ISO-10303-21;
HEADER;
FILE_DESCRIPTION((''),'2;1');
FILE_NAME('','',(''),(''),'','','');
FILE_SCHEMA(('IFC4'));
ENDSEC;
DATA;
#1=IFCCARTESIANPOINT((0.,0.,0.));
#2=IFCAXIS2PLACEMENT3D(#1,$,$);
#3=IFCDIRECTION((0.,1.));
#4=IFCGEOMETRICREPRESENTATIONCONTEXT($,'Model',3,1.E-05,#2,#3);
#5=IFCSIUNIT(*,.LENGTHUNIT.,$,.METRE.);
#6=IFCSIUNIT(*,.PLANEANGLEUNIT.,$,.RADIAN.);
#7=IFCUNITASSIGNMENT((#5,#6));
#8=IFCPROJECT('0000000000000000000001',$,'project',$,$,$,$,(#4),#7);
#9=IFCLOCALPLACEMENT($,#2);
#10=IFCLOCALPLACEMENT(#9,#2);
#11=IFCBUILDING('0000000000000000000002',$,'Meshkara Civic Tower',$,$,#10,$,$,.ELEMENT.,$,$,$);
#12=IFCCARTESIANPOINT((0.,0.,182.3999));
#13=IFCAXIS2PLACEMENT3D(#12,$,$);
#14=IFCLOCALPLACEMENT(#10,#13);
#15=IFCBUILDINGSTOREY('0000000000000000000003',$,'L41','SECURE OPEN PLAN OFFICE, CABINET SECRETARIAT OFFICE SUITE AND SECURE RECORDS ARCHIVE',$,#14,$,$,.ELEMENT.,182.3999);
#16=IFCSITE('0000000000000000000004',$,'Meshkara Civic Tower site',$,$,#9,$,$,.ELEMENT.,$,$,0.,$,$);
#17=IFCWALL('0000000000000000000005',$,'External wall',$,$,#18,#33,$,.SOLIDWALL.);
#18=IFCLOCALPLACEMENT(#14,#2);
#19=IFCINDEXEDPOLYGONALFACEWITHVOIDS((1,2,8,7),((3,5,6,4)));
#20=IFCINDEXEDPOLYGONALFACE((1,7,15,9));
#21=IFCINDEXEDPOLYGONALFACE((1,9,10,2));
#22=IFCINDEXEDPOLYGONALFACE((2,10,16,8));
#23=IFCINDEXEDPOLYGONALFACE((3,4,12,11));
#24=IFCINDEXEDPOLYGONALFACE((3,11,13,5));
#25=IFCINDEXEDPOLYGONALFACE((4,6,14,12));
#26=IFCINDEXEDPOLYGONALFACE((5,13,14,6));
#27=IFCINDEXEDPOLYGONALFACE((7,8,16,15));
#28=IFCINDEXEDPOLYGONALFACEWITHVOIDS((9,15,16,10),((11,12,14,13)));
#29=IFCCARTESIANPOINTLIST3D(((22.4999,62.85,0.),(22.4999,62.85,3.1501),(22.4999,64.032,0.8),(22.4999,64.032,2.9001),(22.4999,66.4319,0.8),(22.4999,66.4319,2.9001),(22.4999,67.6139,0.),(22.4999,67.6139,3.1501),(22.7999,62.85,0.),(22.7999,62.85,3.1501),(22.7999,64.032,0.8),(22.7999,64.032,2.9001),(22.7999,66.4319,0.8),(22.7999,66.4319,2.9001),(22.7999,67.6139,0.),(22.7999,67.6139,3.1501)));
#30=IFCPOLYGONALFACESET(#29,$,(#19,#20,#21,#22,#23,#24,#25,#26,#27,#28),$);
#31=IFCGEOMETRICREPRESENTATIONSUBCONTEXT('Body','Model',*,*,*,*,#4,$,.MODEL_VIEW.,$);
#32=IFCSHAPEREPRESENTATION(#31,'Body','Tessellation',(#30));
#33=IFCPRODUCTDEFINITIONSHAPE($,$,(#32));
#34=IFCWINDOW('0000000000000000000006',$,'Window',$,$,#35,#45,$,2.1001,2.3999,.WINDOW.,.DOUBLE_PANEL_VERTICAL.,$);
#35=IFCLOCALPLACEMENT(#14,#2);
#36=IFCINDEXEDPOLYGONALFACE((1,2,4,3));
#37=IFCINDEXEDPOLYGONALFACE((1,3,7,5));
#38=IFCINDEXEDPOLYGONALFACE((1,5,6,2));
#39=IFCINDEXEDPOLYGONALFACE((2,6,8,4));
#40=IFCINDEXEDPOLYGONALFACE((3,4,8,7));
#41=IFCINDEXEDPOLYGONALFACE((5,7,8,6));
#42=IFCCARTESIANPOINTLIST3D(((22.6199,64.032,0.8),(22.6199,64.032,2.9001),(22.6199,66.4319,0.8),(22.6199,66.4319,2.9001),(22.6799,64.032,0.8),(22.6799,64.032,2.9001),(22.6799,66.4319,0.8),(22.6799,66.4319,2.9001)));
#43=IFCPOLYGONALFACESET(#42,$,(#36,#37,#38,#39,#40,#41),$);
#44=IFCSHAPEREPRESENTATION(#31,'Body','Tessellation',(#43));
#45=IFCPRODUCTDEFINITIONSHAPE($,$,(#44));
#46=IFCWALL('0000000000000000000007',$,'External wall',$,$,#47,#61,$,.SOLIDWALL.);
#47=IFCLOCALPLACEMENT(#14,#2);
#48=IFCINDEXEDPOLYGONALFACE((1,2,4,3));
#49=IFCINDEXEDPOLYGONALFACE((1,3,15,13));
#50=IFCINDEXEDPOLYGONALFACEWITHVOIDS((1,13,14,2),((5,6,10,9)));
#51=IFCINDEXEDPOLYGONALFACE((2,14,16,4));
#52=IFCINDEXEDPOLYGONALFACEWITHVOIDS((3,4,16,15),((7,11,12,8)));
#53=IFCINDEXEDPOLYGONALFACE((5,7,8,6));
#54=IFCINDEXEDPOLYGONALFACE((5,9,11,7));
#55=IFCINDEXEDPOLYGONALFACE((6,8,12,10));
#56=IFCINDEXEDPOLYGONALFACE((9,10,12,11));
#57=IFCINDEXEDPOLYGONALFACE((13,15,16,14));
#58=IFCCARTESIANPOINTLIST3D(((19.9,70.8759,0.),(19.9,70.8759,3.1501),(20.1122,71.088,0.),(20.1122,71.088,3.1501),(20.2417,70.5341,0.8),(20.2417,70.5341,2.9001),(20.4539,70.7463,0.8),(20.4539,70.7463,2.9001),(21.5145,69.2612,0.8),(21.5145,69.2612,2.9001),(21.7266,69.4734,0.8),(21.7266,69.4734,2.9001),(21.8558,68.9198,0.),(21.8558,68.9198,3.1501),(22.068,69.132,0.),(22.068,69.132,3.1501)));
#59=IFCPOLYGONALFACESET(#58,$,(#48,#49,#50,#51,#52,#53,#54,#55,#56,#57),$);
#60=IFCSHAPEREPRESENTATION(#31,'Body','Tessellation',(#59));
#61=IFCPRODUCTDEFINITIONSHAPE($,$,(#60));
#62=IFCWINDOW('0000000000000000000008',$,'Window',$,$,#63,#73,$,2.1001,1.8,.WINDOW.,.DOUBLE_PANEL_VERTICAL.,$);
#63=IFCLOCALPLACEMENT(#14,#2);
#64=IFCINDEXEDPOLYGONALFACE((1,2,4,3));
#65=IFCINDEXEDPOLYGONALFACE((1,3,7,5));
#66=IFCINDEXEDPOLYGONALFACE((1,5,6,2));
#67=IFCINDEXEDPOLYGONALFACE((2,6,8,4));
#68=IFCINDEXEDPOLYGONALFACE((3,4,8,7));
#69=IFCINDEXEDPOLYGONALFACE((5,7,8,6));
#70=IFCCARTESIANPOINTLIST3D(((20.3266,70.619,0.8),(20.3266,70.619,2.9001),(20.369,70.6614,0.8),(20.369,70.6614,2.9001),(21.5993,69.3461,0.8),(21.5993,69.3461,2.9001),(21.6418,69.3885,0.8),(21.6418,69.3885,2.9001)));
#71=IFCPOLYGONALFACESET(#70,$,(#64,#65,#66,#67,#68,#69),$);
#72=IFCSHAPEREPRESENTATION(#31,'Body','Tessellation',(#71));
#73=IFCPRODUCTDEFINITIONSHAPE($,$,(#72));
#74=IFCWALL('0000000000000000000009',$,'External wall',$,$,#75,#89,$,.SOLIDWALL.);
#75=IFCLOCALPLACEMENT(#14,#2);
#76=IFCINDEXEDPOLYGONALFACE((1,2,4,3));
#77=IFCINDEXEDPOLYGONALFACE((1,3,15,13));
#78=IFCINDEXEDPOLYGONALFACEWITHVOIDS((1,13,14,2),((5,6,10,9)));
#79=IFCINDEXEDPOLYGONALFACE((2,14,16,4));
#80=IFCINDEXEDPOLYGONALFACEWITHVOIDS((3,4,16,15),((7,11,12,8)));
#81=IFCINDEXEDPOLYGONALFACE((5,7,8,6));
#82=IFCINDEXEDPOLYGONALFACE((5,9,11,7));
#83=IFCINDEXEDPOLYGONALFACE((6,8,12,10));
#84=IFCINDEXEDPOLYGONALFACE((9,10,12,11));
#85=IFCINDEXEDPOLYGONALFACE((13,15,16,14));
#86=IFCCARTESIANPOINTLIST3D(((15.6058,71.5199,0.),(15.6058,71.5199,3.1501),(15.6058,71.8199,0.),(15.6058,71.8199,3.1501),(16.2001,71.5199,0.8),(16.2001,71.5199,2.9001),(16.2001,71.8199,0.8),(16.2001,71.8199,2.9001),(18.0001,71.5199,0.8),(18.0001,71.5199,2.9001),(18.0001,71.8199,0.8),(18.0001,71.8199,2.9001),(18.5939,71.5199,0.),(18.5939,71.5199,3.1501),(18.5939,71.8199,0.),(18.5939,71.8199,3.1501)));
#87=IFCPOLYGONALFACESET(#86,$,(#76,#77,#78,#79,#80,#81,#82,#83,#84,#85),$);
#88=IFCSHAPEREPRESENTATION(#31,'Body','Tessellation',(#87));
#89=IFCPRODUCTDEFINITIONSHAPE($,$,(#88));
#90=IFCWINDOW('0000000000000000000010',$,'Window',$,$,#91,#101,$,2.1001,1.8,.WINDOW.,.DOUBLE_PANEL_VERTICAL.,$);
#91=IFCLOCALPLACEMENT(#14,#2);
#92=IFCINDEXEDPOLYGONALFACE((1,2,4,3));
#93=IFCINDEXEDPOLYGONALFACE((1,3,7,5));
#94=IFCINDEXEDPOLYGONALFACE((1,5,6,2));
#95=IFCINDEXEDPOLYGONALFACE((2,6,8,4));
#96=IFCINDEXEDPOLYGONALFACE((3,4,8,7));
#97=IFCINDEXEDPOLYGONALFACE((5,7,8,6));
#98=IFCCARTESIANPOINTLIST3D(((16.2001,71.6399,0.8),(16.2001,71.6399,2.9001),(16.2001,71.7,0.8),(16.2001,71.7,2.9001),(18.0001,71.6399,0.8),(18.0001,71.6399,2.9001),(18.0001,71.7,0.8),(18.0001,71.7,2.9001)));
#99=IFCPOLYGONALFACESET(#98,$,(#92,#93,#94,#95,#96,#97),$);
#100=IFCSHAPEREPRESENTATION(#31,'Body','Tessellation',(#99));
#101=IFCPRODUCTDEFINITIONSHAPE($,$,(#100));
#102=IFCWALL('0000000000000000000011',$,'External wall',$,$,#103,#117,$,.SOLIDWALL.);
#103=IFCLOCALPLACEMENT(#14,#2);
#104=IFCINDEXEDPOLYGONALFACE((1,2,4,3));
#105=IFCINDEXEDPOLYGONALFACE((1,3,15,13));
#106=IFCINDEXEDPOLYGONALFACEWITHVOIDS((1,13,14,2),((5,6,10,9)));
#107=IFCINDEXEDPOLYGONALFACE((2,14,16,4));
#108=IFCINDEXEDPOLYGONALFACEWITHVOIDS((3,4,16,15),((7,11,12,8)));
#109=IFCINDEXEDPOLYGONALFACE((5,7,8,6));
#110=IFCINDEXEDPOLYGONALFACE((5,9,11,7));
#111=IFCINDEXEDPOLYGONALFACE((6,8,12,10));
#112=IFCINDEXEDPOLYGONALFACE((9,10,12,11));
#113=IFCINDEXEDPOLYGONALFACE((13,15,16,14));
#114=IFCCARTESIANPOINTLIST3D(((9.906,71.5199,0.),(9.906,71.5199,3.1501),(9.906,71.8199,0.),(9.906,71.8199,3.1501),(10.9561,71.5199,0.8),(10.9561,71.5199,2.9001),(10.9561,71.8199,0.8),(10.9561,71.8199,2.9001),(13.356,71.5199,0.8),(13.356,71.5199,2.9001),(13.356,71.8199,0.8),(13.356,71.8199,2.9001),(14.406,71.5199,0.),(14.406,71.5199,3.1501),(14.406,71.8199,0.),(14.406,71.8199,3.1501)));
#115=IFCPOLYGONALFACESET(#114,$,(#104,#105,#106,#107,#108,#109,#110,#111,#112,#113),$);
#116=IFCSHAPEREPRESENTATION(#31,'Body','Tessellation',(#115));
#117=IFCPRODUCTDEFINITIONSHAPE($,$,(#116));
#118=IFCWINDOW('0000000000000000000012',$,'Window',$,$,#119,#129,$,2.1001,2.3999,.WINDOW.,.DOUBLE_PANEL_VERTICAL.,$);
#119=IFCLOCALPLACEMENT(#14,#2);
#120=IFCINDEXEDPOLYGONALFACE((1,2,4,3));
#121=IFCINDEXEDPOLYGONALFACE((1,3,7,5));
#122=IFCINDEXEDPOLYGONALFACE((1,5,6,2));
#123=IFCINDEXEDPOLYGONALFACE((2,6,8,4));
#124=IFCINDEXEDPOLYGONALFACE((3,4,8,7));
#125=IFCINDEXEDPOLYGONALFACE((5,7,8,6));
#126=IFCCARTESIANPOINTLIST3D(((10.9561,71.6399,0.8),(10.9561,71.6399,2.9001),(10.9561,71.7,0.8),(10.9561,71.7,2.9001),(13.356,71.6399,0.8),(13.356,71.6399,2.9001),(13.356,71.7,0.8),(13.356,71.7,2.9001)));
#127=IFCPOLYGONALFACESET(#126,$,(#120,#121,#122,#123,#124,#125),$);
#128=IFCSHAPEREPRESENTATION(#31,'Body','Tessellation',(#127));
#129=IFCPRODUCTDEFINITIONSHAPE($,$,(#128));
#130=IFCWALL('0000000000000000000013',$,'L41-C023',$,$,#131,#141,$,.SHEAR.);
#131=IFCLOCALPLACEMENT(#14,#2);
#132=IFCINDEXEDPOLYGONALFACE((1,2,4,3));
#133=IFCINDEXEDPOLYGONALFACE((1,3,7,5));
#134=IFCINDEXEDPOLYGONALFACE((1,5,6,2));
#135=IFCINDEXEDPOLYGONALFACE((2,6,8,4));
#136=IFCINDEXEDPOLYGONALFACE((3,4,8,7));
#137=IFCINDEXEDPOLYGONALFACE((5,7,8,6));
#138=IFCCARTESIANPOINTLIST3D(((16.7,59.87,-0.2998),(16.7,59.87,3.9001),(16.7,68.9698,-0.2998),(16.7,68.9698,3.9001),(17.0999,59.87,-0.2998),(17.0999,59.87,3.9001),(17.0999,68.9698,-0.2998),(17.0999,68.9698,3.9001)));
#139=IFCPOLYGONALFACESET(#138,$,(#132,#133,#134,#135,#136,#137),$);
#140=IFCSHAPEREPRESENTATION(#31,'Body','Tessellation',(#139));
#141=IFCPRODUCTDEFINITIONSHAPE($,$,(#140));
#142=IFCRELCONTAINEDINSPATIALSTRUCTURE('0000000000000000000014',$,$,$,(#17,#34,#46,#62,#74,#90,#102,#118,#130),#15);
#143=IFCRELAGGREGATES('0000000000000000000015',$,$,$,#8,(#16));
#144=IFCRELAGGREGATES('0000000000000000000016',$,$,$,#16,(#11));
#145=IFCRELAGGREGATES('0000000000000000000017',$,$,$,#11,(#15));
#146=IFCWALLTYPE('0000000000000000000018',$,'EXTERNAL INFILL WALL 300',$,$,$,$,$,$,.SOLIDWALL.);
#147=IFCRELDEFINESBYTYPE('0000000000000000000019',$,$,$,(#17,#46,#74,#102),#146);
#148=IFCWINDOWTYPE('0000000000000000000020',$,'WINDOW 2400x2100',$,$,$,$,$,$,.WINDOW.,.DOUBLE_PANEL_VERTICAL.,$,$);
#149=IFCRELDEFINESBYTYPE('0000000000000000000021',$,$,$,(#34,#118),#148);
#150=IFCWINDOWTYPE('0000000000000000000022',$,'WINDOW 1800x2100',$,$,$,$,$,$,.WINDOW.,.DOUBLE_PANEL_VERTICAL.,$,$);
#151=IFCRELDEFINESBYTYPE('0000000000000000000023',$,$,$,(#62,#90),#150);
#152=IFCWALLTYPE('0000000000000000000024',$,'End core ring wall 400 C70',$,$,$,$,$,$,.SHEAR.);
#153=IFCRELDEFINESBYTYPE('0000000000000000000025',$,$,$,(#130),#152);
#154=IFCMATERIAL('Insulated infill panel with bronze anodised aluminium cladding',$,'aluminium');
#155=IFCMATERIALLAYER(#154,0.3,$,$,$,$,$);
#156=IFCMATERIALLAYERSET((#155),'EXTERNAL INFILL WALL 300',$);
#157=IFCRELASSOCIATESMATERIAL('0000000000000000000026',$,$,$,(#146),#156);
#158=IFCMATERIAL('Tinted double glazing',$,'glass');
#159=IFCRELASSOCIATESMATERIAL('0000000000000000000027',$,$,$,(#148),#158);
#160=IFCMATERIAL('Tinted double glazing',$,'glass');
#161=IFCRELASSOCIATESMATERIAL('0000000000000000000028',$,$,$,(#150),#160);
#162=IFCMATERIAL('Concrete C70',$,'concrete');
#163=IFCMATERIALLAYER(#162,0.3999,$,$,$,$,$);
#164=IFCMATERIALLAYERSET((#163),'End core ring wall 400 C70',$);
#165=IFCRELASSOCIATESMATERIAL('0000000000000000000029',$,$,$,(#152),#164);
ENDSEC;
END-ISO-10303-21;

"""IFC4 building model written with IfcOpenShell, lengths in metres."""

from ifc_helpers import new_model, si_unit, direction, frame, frame_2d, origin, place, context, subcontext, project, spatial, rectangle, extrude, material, layer, layer_set, type_object, element, fill, save


model = new_model("IFC4")

# Units and contexts
model_context = context("Model", 3, precision=1e-05, world=origin(), true_north=direction((0.0, 1.0)))
body_context = subcontext(model_context, "Body", "Model", "MODEL_VIEW")
ifc_project = project(units=[si_unit("LENGTHUNIT", "METRE"), si_unit("PLANEANGLEUNIT", "RADIAN")], contexts=[model_context])

# Site, building, storey
site_placement = place(None, origin())
site = spatial("IfcSite", under=ifc_project, at=site_placement, Name="Meshkara Civic Tower site", CompositionType="ELEMENT", RefElevation=0.0)
building_placement = place(site_placement, origin())
building = spatial("IfcBuilding", under=site, at=building_placement, Name="Meshkara Civic Tower", CompositionType="ELEMENT")
storey_placement = place(building_placement, frame((0.0, 0.0, 182.3999)))
storey = spatial("IfcBuildingStorey", under=building, at=storey_placement, Name="L41", Description="SECURE OPEN PLAN OFFICE, CABINET SECRETARIAT OFFICE SUITE AND SECURE RECORDS ARCHIVE", CompositionType="ELEMENT", Elevation=182.3999)

# Walls, openings, windows
ifc_material_1 = material(Name="Insulated infill panel with bronze anodised aluminium cladding", Category="aluminium")
ifc_layer_1 = layer(ifc_material_1, 0.3)
ifc_layer_set_1 = layer_set([ifc_layer_1], Name="EXTERNAL INFILL WALL 300")
wall_type_1 = type_object("IfcWallType", Name="EXTERNAL INFILL WALL 300", PredefinedType="SOLIDWALL", material=ifc_layer_set_1)
wall_1_placement = place(storey_placement, frame((22.6499, 62.8501, 0.0), z_axis=(0.0, 0.0, 1.0), x_axis=(0.0, 1.0, 0.0)))
wall_1 = element("IfcWall", 1, at=wall_1_placement, inside=storey, type_object=wall_type_1, Name="External wall", PredefinedType="SOLIDWALL", context=body_context, shape_type="SweptSolid", body=[
    extrude(rectangle(XDim=4.7639, YDim=0.3, at=frame_2d((2.3818, 0.0))), origin(), (0.0, 0.0, 1.0), 3.1501),
])
opening_1_placement = place(wall_1_placement, frame((1.1819, 0.0, 0.8)))
opening_1 = element("IfcOpeningElement", 2, at=opening_1_placement, cuts=wall_1, PredefinedType="OPENING", context=body_context, shape_type="SweptSolid", body=[
    extrude(rectangle(XDim=2.3999, YDim=2.1001, at=frame_2d((1.2, 1.05))), frame((0.0, 0.1599, 0.0), z_axis=(0.0, -1.0, 0.0), x_axis=(1.0, 0.0, 0.0)), (0.0, 0.0, 1.0), 0.3201),
])
ifc_material_2 = material(Name="Tinted double glazing", Category="glass")
window_type_1 = type_object("IfcWindowType", Name="WINDOW 2400x2100", PartitioningType="DOUBLE_PANEL_VERTICAL", PredefinedType="WINDOW", material=ifc_material_2)
window_1_placement = place(opening_1_placement, origin())
window_1 = element("IfcWindow", 3, at=window_1_placement, inside=storey, type_object=window_type_1, Name="Window", OverallHeight=2.1001, OverallWidth=2.3999, PartitioningType="DOUBLE_PANEL_VERTICAL", PredefinedType="WINDOW", context=body_context, shape_type="SweptSolid", body=[
    extrude(rectangle(XDim=2.3999, YDim=2.1001, at=frame_2d((1.2, 1.05))), frame((0.0, 0.03, 0.0), z_axis=(0.0, -1.0, 0.0), x_axis=(1.0, 0.0, 0.0)), (0.0, 0.0, 1.0), 0.0601),
])
fill(opening_1, window_1)
wall_2_placement = place(storey_placement, frame((21.9619, 69.0259, 0.0), z_axis=(0.0, 0.0, 1.0), x_axis=(-0.707063, 0.707151, 0.0)))
wall_2 = element("IfcWall", 4, at=wall_2_placement, inside=storey, type_object=wall_type_1, Name="External wall", PredefinedType="SOLIDWALL", context=body_context, shape_type="SweptSolid", body=[
    extrude(rectangle(XDim=2.7661, YDim=0.3, at=frame_2d((1.3831, 0.0))), origin(), (0.0, 0.0, 1.0), 3.1501),
])
opening_2_placement = place(wall_2_placement, frame((0.4829, 0.0, 0.8)))
opening_2 = element("IfcOpeningElement", 5, at=opening_2_placement, cuts=wall_2, PredefinedType="OPENING", context=body_context, shape_type="SweptSolid", body=[
    extrude(rectangle(XDim=1.8, YDim=2.1001, at=frame_2d((0.8999, 1.05))), frame((0.0, 0.1599, 0.0), z_axis=(0.0, -1.0, 0.0), x_axis=(1.0, 0.0, 0.0)), (0.0, 0.0, 1.0), 0.3201),
])
ifc_material_3 = material(Name="Tinted double glazing", Category="glass")
window_type_2 = type_object("IfcWindowType", Name="WINDOW 1800x2100", PartitioningType="DOUBLE_PANEL_VERTICAL", PredefinedType="WINDOW", material=ifc_material_3)
window_2_placement = place(opening_2_placement, origin())
window_2 = element("IfcWindow", 6, at=window_2_placement, inside=storey, type_object=window_type_2, Name="Window", OverallHeight=2.1001, OverallWidth=1.8, PartitioningType="DOUBLE_PANEL_VERTICAL", PredefinedType="WINDOW", context=body_context, shape_type="SweptSolid", body=[
    extrude(rectangle(XDim=1.8, YDim=2.1001, at=frame_2d((0.8999, 1.05))), frame((0.0, 0.03, 0.0), z_axis=(0.0, -1.0, 0.0), x_axis=(1.0, 0.0, 0.0)), (0.0, 0.0, 1.0), 0.0601),
])
fill(opening_2, window_2)
wall_3_placement = place(storey_placement, frame((18.594, 71.6699, 0.0), z_axis=(0.0, 0.0, 1.0), x_axis=(-1.0, 0.0, 0.0)))
wall_3 = element("IfcWall", 7, at=wall_3_placement, inside=storey, type_object=wall_type_1, Name="External wall", PredefinedType="SOLIDWALL", context=body_context, shape_type="SweptSolid", body=[
    extrude(rectangle(XDim=2.988, YDim=0.3, at=frame_2d((1.4941, 0.0))), origin(), (0.0, 0.0, 1.0), 3.1501),
])
opening_3_placement = place(wall_3_placement, frame((0.594, 0.0, 0.8)))
opening_3 = element("IfcOpeningElement", 8, at=opening_3_placement, cuts=wall_3, PredefinedType="OPENING", context=body_context, shape_type="SweptSolid", body=[
    extrude(rectangle(XDim=1.8, YDim=2.1001, at=frame_2d((0.8999, 1.05))), frame((0.0, 0.1599, 0.0), z_axis=(0.0, -1.0, 0.0), x_axis=(1.0, 0.0, 0.0)), (0.0, 0.0, 1.0), 0.3201),
])
window_3_placement = place(opening_3_placement, origin())
window_3 = element("IfcWindow", 9, at=window_3_placement, inside=storey, type_object=window_type_2, Name="Window", OverallHeight=2.1001, OverallWidth=1.8, PartitioningType="DOUBLE_PANEL_VERTICAL", PredefinedType="WINDOW", context=body_context, shape_type="SweptSolid", body=[
    extrude(rectangle(XDim=1.8, YDim=2.1001, at=frame_2d((0.8999, 1.05))), frame((0.0, 0.03, 0.0), z_axis=(0.0, -1.0, 0.0), x_axis=(1.0, 0.0, 0.0)), (0.0, 0.0, 1.0), 0.0601),
])
fill(opening_3, window_3)
wall_4_placement = place(storey_placement, frame((14.406, 71.6699, 0.0), z_axis=(0.0, 0.0, 1.0), x_axis=(-1.0, 0.0, 0.0)))
wall_4 = element("IfcWall", 10, at=wall_4_placement, inside=storey, type_object=wall_type_1, Name="External wall", PredefinedType="SOLIDWALL", context=body_context, shape_type="SweptSolid", body=[
    extrude(rectangle(XDim=4.5, YDim=0.3, at=frame_2d((2.25, 0.0))), origin(), (0.0, 0.0, 1.0), 3.1501),
])
opening_4_placement = place(wall_4_placement, frame((1.05, 0.0, 0.8)))
opening_4 = element("IfcOpeningElement", 11, at=opening_4_placement, cuts=wall_4, PredefinedType="OPENING", context=body_context, shape_type="SweptSolid", body=[
    extrude(rectangle(XDim=2.3999, YDim=2.1001, at=frame_2d((1.2, 1.05))), frame((0.0, 0.1599, 0.0), z_axis=(0.0, -1.0, 0.0), x_axis=(1.0, 0.0, 0.0)), (0.0, 0.0, 1.0), 0.3201),
])
window_4_placement = place(opening_4_placement, origin())
window_4 = element("IfcWindow", 12, at=window_4_placement, inside=storey, type_object=window_type_1, Name="Window", OverallHeight=2.1001, OverallWidth=2.3999, PartitioningType="DOUBLE_PANEL_VERTICAL", PredefinedType="WINDOW", context=body_context, shape_type="SweptSolid", body=[
    extrude(rectangle(XDim=2.3999, YDim=2.1001, at=frame_2d((1.2, 1.05))), frame((0.0, 0.03, 0.0), z_axis=(0.0, -1.0, 0.0), x_axis=(1.0, 0.0, 0.0)), (0.0, 0.0, 1.0), 0.0601),
])
fill(opening_4, window_4)

# Wall
ifc_material_4 = material(Name="Concrete C70", Category="concrete")
ifc_layer_2 = layer(ifc_material_4, 0.3999)
ifc_layer_set_2 = layer_set([ifc_layer_2], Name="End core ring wall 400 C70")
wall_type_2 = type_object("IfcWallType", Name="End core ring wall 400 C70", PredefinedType="SHEAR", material=ifc_layer_set_2)
wall_5_placement = place(storey_placement, frame((16.8999, 59.8701, -0.2998), z_axis=(0.0, 0.0, 1.0), x_axis=(0.0, 1.0, 0.0)))
element("IfcWall", 13, at=wall_5_placement, inside=storey, type_object=wall_type_2, Name="L41-C023", PredefinedType="SHEAR", context=body_context, shape_type="SweptSolid", body=[
    extrude(rectangle(XDim=9.0999, YDim=0.3999, at=frame_2d((4.5498, 0.0))), origin(), (0.0, 0.0, 1.0), 4.2),
])

save(model, "model.ifc")
